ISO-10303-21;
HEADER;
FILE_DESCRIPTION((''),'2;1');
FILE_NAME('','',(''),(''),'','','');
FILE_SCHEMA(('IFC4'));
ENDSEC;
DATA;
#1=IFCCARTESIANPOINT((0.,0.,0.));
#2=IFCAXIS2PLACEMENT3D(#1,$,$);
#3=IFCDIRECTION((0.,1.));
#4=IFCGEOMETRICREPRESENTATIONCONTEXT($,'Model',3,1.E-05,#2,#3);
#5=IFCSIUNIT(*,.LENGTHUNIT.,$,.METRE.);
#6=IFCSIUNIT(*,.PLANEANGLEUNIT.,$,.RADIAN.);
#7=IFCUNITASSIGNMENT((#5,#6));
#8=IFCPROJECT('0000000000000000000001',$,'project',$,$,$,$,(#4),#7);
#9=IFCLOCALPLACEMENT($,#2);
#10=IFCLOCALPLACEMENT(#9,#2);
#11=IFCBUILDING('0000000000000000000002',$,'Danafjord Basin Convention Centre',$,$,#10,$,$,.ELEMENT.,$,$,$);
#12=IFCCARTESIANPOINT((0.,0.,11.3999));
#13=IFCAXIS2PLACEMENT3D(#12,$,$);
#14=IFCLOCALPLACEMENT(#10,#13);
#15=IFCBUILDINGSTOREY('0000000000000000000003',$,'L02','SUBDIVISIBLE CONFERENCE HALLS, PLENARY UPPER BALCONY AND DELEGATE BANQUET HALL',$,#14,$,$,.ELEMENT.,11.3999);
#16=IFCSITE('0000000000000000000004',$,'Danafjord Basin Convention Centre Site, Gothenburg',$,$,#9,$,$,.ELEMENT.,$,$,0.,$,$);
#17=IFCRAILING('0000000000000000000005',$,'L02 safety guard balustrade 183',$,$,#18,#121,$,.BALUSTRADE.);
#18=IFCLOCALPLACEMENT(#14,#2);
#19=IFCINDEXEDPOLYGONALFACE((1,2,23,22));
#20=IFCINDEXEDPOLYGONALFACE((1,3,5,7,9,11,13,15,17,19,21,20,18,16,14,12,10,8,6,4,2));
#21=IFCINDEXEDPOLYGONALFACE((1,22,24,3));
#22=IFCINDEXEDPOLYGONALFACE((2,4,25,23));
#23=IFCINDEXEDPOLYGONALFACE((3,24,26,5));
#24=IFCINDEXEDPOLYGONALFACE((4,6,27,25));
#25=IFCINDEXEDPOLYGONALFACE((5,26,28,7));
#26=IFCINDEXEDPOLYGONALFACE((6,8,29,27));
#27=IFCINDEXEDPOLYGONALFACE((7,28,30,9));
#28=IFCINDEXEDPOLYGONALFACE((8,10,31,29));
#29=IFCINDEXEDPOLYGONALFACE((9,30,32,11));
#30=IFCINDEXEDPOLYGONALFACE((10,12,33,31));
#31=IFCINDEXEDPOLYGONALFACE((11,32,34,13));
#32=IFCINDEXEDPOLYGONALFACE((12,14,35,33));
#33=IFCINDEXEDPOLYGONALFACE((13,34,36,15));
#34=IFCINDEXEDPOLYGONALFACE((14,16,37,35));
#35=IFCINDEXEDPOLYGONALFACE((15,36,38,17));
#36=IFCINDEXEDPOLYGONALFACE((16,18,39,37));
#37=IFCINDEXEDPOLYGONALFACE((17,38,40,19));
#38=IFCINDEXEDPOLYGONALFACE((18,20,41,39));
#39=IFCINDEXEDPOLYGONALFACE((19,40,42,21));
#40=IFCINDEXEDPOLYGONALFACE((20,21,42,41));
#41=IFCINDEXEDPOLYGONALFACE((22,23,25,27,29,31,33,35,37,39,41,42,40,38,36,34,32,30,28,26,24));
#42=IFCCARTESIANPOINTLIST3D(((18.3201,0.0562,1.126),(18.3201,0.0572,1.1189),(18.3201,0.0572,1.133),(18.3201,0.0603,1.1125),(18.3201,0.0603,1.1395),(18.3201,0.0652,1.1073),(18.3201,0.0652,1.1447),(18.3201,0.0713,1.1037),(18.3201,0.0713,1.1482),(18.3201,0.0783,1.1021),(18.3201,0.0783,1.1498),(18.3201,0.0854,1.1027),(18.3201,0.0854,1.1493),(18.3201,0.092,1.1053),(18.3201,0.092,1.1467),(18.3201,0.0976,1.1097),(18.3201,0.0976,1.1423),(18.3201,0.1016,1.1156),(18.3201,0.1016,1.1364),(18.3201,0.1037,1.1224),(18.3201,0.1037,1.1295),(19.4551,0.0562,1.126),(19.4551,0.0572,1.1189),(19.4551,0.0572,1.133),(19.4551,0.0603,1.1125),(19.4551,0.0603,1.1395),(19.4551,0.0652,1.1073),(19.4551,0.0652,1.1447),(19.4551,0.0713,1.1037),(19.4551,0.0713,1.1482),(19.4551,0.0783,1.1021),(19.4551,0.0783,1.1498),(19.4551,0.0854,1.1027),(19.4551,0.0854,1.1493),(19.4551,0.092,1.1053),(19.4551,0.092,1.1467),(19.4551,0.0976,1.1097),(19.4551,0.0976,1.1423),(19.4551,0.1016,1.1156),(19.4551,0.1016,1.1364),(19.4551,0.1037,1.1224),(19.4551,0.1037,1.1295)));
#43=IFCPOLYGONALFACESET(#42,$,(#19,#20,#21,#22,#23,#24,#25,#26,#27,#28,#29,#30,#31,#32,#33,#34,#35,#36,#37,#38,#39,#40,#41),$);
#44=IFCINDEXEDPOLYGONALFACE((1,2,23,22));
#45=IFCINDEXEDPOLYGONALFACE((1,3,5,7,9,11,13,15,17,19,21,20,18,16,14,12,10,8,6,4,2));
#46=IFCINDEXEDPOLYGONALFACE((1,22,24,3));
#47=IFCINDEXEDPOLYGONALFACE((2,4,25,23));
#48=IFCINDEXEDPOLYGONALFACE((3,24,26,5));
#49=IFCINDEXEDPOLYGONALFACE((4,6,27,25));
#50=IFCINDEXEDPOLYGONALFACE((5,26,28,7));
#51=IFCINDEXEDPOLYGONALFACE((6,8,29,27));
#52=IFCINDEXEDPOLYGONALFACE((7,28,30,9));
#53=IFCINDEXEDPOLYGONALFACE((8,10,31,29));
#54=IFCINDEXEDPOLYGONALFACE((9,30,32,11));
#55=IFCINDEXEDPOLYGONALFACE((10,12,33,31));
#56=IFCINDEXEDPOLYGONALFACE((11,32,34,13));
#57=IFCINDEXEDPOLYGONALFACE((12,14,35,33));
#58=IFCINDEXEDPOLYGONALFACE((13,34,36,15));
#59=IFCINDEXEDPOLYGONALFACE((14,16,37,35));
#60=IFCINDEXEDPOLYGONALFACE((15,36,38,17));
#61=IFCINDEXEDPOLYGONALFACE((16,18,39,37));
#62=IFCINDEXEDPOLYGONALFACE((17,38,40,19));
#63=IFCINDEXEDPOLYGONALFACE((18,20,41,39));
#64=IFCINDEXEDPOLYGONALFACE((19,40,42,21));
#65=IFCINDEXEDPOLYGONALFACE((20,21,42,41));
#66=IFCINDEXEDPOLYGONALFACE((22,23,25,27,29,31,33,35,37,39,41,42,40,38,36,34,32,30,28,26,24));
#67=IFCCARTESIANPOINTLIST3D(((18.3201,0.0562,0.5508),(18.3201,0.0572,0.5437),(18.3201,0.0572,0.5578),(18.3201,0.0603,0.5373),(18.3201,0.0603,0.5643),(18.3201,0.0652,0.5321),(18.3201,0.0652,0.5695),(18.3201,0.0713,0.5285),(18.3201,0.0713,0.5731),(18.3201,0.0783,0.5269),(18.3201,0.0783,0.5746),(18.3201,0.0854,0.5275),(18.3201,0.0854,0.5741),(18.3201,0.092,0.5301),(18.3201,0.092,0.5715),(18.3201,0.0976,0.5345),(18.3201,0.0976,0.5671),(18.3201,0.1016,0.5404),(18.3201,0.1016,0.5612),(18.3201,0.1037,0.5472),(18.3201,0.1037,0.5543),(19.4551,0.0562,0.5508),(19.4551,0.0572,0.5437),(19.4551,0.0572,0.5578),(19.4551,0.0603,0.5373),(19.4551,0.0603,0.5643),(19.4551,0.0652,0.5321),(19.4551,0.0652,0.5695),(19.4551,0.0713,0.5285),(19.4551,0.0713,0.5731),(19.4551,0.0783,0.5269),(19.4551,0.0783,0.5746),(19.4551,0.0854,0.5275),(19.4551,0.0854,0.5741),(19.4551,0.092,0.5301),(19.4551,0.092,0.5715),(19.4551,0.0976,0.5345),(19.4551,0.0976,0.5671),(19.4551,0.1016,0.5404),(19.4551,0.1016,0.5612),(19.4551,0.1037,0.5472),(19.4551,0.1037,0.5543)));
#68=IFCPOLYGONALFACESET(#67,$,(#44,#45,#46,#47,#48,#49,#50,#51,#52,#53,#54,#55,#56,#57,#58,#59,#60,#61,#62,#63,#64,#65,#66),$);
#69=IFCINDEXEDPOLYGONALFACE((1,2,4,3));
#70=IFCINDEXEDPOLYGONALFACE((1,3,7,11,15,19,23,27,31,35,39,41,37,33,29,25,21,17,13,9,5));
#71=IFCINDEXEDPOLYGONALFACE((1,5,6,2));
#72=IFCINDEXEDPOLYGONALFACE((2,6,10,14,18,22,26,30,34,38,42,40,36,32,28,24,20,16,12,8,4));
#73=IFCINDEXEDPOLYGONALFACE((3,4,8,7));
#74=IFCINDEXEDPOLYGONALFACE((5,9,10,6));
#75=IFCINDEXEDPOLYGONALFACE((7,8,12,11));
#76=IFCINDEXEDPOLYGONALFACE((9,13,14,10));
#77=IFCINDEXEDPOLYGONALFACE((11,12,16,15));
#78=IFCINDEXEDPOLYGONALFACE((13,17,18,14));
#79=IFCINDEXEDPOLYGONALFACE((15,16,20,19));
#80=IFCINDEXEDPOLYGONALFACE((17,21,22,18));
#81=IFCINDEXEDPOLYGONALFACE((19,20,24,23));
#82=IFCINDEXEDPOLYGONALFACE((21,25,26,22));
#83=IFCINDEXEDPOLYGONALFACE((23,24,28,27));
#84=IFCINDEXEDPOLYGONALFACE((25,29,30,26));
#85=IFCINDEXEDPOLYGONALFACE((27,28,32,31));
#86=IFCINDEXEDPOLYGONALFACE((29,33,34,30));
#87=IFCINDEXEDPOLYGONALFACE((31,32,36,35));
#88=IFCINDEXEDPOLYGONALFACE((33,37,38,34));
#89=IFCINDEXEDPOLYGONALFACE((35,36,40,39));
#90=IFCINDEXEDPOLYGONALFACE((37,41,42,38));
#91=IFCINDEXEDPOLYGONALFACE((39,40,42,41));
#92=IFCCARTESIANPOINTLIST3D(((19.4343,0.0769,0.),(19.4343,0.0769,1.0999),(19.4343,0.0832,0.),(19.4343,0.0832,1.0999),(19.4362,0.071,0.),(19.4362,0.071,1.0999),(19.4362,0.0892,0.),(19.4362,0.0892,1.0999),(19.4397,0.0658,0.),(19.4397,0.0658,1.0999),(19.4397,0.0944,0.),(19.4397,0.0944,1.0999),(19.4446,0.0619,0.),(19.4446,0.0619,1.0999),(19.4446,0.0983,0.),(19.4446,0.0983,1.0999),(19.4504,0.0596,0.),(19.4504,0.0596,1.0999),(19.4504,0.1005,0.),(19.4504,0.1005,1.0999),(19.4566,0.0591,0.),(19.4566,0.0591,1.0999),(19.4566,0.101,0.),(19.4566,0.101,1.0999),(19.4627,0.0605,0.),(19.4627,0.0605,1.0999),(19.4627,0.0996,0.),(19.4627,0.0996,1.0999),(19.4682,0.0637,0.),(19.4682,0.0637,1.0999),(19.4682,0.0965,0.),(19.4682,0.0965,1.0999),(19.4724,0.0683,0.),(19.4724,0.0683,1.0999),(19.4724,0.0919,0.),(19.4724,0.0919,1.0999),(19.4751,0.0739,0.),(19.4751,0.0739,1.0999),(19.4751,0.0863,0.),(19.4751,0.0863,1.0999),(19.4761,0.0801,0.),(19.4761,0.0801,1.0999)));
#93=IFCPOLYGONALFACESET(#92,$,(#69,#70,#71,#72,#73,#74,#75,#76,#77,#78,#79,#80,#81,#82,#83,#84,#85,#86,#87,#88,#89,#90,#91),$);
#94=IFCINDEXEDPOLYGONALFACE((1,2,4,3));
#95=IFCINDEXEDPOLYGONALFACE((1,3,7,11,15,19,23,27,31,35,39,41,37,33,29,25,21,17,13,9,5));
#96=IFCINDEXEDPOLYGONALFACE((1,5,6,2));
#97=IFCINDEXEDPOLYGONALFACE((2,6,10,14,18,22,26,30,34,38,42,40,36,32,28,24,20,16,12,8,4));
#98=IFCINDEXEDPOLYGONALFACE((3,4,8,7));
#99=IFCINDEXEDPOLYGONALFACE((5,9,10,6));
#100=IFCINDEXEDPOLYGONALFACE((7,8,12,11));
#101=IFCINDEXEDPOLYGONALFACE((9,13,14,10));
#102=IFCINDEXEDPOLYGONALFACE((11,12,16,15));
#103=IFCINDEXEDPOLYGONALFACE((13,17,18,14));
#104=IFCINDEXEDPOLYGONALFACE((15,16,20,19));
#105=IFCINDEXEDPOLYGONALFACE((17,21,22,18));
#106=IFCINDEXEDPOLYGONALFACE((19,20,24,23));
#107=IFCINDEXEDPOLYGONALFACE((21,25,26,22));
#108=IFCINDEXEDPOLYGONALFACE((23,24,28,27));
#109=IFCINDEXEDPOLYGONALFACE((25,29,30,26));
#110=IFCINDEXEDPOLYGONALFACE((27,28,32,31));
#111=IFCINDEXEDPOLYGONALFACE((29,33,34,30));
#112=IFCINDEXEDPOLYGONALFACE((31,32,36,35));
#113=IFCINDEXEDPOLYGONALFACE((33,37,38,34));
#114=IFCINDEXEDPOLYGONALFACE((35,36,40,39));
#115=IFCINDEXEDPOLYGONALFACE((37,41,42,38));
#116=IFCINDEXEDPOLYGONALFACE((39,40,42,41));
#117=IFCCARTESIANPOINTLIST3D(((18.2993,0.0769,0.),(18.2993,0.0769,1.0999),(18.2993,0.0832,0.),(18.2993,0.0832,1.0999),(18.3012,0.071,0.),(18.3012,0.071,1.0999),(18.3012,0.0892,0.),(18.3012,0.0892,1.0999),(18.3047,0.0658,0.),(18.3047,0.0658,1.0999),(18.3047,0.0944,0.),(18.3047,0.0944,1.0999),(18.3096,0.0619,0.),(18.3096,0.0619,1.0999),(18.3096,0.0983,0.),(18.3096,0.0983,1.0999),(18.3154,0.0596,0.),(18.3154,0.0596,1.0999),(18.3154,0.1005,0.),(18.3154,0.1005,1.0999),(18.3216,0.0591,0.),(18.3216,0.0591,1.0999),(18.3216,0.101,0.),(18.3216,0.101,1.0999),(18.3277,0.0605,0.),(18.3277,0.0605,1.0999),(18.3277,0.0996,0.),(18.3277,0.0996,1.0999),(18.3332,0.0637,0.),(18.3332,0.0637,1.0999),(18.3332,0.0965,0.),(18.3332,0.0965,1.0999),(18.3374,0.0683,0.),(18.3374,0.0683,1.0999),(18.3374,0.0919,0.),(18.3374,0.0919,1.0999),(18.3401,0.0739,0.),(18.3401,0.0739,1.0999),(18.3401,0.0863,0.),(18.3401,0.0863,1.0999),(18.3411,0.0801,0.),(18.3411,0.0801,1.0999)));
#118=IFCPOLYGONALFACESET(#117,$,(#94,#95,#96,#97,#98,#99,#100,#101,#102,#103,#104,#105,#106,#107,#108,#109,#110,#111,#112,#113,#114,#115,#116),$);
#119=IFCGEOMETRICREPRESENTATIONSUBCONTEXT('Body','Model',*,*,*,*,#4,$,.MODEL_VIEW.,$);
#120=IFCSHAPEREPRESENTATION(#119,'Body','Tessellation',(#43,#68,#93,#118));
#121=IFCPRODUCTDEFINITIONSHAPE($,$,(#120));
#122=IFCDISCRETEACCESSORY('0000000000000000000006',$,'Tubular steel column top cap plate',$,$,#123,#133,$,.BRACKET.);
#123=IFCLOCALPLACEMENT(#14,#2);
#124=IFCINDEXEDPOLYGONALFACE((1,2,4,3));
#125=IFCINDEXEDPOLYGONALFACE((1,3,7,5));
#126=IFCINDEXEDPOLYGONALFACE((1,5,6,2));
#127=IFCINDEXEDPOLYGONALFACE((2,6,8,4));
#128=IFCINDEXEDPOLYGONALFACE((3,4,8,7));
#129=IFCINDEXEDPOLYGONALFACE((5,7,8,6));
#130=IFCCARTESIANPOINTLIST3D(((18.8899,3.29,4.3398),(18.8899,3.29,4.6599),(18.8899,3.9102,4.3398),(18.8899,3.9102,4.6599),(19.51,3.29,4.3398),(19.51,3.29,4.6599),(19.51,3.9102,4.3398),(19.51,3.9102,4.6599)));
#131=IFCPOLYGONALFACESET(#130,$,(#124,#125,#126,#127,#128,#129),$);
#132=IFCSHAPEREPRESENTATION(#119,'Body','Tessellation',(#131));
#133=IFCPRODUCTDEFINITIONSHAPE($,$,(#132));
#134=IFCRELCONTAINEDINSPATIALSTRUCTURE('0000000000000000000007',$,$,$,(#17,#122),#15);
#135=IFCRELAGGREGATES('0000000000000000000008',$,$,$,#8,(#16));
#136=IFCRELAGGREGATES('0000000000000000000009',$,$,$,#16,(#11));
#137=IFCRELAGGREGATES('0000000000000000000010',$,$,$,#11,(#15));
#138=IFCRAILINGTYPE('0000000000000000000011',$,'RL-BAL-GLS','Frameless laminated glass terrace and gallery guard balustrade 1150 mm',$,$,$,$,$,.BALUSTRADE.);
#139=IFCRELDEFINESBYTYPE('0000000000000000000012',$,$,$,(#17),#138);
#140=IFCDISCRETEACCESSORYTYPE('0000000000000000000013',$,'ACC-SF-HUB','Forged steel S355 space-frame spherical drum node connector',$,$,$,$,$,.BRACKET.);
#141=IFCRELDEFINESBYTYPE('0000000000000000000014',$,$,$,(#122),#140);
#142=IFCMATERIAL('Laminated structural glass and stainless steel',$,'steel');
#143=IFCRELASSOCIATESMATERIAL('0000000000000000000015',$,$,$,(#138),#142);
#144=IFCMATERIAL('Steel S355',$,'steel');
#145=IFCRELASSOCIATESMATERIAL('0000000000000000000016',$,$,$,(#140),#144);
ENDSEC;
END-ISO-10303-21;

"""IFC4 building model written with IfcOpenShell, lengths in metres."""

from ifc_helpers import new_model, si_unit, direction, frame, origin, origin_2d, place, context, subcontext, project, spatial, rectangle, circle, extrude, material, type_object, element, save


model = new_model("IFC4")

# Units and contexts
model_context = context("Model", 3, precision=1e-05, world=origin(), true_north=direction((0.0, 1.0)))
body_context = subcontext(model_context, "Body", "Model", "MODEL_VIEW")
ifc_project = project(units=[si_unit("LENGTHUNIT", "METRE"), si_unit("PLANEANGLEUNIT", "RADIAN")], contexts=[model_context])

# Site, building, storey
site_placement = place(None, origin())
site = spatial("IfcSite", under=ifc_project, at=site_placement, Name="Danafjord Basin Convention Centre Site, Gothenburg", CompositionType="ELEMENT", RefElevation=0.0)
building_placement = place(site_placement, origin())
building = spatial("IfcBuilding", under=site, at=building_placement, Name="Danafjord Basin Convention Centre", CompositionType="ELEMENT")
storey_placement = place(building_placement, frame((0.0, 0.0, 11.3999)))
storey = spatial("IfcBuildingStorey", under=building, at=storey_placement, Name="L02", Description="SUBDIVISIBLE CONFERENCE HALLS, PLENARY UPPER BALCONY AND DELEGATE BANQUET HALL", CompositionType="ELEMENT", Elevation=11.3999)

# Shared definitions
ifc_material_1 = material(Name="Steel S355", Category="steel")

# Railing
ifc_material_2 = material(Name="Laminated structural glass and stainless steel", Category="steel")
railing_type = type_object("IfcRailingType", Name="RL-BAL-GLS", Description="Frameless laminated glass terrace and gallery guard balustrade 1150 mm", PredefinedType="BALUSTRADE", material=ifc_material_2)
railing_1_placement = place(storey_placement, frame((19.4551, 0.0801, 0.0)))
element("IfcRailing", 1, at=railing_1_placement, inside=storey, type_object=railing_type, Name="L02 safety guard balustrade 183", PredefinedType="BALUSTRADE", context=body_context, shape_type="SweptSolid", body=[
    extrude(circle(Radius=0.0239, at=origin_2d()), frame((0.0, 0.0, 1.126), z_axis=(-1.0, 0.0, 0.0), x_axis=(0.0, -1.0, 0.0)), (0.0, 0.0, 1.0), 1.135),
    extrude(circle(Radius=0.0239, at=origin_2d()), frame((0.0, 0.0, 0.5508), z_axis=(-1.0, 0.0, 0.0), x_axis=(0.0, -1.0, 0.0)), (0.0, 0.0, 1.0), 1.135),
    extrude(circle(Radius=0.021, at=origin_2d()), origin(), (0.0, 0.0, 1.0), 1.0999),
    extrude(circle(Radius=0.021, at=origin_2d()), frame((-1.135, 0.0, 0.0)), (0.0, 0.0, 1.0), 1.0999),
])

# Discrete accessory
discrete_accessory_type = type_object("IfcDiscreteAccessoryType", Name="ACC-SF-HUB", Description="Forged steel S355 space-frame spherical drum node connector", PredefinedType="BRACKET", material=ifc_material_1)
discrete_accessory_placement = place(storey_placement, frame((19.2, 3.6001, 4.3398), z_axis=(0.0, 0.0, 1.0), x_axis=(1.0, 0.0, 0.0)))
element("IfcDiscreteAccessory", 2, at=discrete_accessory_placement, inside=storey, type_object=discrete_accessory_type, Name="Tubular steel column top cap plate", PredefinedType="BRACKET", context=body_context, shape_type="SweptSolid", body=[
    extrude(rectangle(XDim=0.6201, YDim=0.6201, at=origin_2d()), origin(), (0.0, 0.0, 1.0), 0.3201),
])

save(model, "model.ifc")
